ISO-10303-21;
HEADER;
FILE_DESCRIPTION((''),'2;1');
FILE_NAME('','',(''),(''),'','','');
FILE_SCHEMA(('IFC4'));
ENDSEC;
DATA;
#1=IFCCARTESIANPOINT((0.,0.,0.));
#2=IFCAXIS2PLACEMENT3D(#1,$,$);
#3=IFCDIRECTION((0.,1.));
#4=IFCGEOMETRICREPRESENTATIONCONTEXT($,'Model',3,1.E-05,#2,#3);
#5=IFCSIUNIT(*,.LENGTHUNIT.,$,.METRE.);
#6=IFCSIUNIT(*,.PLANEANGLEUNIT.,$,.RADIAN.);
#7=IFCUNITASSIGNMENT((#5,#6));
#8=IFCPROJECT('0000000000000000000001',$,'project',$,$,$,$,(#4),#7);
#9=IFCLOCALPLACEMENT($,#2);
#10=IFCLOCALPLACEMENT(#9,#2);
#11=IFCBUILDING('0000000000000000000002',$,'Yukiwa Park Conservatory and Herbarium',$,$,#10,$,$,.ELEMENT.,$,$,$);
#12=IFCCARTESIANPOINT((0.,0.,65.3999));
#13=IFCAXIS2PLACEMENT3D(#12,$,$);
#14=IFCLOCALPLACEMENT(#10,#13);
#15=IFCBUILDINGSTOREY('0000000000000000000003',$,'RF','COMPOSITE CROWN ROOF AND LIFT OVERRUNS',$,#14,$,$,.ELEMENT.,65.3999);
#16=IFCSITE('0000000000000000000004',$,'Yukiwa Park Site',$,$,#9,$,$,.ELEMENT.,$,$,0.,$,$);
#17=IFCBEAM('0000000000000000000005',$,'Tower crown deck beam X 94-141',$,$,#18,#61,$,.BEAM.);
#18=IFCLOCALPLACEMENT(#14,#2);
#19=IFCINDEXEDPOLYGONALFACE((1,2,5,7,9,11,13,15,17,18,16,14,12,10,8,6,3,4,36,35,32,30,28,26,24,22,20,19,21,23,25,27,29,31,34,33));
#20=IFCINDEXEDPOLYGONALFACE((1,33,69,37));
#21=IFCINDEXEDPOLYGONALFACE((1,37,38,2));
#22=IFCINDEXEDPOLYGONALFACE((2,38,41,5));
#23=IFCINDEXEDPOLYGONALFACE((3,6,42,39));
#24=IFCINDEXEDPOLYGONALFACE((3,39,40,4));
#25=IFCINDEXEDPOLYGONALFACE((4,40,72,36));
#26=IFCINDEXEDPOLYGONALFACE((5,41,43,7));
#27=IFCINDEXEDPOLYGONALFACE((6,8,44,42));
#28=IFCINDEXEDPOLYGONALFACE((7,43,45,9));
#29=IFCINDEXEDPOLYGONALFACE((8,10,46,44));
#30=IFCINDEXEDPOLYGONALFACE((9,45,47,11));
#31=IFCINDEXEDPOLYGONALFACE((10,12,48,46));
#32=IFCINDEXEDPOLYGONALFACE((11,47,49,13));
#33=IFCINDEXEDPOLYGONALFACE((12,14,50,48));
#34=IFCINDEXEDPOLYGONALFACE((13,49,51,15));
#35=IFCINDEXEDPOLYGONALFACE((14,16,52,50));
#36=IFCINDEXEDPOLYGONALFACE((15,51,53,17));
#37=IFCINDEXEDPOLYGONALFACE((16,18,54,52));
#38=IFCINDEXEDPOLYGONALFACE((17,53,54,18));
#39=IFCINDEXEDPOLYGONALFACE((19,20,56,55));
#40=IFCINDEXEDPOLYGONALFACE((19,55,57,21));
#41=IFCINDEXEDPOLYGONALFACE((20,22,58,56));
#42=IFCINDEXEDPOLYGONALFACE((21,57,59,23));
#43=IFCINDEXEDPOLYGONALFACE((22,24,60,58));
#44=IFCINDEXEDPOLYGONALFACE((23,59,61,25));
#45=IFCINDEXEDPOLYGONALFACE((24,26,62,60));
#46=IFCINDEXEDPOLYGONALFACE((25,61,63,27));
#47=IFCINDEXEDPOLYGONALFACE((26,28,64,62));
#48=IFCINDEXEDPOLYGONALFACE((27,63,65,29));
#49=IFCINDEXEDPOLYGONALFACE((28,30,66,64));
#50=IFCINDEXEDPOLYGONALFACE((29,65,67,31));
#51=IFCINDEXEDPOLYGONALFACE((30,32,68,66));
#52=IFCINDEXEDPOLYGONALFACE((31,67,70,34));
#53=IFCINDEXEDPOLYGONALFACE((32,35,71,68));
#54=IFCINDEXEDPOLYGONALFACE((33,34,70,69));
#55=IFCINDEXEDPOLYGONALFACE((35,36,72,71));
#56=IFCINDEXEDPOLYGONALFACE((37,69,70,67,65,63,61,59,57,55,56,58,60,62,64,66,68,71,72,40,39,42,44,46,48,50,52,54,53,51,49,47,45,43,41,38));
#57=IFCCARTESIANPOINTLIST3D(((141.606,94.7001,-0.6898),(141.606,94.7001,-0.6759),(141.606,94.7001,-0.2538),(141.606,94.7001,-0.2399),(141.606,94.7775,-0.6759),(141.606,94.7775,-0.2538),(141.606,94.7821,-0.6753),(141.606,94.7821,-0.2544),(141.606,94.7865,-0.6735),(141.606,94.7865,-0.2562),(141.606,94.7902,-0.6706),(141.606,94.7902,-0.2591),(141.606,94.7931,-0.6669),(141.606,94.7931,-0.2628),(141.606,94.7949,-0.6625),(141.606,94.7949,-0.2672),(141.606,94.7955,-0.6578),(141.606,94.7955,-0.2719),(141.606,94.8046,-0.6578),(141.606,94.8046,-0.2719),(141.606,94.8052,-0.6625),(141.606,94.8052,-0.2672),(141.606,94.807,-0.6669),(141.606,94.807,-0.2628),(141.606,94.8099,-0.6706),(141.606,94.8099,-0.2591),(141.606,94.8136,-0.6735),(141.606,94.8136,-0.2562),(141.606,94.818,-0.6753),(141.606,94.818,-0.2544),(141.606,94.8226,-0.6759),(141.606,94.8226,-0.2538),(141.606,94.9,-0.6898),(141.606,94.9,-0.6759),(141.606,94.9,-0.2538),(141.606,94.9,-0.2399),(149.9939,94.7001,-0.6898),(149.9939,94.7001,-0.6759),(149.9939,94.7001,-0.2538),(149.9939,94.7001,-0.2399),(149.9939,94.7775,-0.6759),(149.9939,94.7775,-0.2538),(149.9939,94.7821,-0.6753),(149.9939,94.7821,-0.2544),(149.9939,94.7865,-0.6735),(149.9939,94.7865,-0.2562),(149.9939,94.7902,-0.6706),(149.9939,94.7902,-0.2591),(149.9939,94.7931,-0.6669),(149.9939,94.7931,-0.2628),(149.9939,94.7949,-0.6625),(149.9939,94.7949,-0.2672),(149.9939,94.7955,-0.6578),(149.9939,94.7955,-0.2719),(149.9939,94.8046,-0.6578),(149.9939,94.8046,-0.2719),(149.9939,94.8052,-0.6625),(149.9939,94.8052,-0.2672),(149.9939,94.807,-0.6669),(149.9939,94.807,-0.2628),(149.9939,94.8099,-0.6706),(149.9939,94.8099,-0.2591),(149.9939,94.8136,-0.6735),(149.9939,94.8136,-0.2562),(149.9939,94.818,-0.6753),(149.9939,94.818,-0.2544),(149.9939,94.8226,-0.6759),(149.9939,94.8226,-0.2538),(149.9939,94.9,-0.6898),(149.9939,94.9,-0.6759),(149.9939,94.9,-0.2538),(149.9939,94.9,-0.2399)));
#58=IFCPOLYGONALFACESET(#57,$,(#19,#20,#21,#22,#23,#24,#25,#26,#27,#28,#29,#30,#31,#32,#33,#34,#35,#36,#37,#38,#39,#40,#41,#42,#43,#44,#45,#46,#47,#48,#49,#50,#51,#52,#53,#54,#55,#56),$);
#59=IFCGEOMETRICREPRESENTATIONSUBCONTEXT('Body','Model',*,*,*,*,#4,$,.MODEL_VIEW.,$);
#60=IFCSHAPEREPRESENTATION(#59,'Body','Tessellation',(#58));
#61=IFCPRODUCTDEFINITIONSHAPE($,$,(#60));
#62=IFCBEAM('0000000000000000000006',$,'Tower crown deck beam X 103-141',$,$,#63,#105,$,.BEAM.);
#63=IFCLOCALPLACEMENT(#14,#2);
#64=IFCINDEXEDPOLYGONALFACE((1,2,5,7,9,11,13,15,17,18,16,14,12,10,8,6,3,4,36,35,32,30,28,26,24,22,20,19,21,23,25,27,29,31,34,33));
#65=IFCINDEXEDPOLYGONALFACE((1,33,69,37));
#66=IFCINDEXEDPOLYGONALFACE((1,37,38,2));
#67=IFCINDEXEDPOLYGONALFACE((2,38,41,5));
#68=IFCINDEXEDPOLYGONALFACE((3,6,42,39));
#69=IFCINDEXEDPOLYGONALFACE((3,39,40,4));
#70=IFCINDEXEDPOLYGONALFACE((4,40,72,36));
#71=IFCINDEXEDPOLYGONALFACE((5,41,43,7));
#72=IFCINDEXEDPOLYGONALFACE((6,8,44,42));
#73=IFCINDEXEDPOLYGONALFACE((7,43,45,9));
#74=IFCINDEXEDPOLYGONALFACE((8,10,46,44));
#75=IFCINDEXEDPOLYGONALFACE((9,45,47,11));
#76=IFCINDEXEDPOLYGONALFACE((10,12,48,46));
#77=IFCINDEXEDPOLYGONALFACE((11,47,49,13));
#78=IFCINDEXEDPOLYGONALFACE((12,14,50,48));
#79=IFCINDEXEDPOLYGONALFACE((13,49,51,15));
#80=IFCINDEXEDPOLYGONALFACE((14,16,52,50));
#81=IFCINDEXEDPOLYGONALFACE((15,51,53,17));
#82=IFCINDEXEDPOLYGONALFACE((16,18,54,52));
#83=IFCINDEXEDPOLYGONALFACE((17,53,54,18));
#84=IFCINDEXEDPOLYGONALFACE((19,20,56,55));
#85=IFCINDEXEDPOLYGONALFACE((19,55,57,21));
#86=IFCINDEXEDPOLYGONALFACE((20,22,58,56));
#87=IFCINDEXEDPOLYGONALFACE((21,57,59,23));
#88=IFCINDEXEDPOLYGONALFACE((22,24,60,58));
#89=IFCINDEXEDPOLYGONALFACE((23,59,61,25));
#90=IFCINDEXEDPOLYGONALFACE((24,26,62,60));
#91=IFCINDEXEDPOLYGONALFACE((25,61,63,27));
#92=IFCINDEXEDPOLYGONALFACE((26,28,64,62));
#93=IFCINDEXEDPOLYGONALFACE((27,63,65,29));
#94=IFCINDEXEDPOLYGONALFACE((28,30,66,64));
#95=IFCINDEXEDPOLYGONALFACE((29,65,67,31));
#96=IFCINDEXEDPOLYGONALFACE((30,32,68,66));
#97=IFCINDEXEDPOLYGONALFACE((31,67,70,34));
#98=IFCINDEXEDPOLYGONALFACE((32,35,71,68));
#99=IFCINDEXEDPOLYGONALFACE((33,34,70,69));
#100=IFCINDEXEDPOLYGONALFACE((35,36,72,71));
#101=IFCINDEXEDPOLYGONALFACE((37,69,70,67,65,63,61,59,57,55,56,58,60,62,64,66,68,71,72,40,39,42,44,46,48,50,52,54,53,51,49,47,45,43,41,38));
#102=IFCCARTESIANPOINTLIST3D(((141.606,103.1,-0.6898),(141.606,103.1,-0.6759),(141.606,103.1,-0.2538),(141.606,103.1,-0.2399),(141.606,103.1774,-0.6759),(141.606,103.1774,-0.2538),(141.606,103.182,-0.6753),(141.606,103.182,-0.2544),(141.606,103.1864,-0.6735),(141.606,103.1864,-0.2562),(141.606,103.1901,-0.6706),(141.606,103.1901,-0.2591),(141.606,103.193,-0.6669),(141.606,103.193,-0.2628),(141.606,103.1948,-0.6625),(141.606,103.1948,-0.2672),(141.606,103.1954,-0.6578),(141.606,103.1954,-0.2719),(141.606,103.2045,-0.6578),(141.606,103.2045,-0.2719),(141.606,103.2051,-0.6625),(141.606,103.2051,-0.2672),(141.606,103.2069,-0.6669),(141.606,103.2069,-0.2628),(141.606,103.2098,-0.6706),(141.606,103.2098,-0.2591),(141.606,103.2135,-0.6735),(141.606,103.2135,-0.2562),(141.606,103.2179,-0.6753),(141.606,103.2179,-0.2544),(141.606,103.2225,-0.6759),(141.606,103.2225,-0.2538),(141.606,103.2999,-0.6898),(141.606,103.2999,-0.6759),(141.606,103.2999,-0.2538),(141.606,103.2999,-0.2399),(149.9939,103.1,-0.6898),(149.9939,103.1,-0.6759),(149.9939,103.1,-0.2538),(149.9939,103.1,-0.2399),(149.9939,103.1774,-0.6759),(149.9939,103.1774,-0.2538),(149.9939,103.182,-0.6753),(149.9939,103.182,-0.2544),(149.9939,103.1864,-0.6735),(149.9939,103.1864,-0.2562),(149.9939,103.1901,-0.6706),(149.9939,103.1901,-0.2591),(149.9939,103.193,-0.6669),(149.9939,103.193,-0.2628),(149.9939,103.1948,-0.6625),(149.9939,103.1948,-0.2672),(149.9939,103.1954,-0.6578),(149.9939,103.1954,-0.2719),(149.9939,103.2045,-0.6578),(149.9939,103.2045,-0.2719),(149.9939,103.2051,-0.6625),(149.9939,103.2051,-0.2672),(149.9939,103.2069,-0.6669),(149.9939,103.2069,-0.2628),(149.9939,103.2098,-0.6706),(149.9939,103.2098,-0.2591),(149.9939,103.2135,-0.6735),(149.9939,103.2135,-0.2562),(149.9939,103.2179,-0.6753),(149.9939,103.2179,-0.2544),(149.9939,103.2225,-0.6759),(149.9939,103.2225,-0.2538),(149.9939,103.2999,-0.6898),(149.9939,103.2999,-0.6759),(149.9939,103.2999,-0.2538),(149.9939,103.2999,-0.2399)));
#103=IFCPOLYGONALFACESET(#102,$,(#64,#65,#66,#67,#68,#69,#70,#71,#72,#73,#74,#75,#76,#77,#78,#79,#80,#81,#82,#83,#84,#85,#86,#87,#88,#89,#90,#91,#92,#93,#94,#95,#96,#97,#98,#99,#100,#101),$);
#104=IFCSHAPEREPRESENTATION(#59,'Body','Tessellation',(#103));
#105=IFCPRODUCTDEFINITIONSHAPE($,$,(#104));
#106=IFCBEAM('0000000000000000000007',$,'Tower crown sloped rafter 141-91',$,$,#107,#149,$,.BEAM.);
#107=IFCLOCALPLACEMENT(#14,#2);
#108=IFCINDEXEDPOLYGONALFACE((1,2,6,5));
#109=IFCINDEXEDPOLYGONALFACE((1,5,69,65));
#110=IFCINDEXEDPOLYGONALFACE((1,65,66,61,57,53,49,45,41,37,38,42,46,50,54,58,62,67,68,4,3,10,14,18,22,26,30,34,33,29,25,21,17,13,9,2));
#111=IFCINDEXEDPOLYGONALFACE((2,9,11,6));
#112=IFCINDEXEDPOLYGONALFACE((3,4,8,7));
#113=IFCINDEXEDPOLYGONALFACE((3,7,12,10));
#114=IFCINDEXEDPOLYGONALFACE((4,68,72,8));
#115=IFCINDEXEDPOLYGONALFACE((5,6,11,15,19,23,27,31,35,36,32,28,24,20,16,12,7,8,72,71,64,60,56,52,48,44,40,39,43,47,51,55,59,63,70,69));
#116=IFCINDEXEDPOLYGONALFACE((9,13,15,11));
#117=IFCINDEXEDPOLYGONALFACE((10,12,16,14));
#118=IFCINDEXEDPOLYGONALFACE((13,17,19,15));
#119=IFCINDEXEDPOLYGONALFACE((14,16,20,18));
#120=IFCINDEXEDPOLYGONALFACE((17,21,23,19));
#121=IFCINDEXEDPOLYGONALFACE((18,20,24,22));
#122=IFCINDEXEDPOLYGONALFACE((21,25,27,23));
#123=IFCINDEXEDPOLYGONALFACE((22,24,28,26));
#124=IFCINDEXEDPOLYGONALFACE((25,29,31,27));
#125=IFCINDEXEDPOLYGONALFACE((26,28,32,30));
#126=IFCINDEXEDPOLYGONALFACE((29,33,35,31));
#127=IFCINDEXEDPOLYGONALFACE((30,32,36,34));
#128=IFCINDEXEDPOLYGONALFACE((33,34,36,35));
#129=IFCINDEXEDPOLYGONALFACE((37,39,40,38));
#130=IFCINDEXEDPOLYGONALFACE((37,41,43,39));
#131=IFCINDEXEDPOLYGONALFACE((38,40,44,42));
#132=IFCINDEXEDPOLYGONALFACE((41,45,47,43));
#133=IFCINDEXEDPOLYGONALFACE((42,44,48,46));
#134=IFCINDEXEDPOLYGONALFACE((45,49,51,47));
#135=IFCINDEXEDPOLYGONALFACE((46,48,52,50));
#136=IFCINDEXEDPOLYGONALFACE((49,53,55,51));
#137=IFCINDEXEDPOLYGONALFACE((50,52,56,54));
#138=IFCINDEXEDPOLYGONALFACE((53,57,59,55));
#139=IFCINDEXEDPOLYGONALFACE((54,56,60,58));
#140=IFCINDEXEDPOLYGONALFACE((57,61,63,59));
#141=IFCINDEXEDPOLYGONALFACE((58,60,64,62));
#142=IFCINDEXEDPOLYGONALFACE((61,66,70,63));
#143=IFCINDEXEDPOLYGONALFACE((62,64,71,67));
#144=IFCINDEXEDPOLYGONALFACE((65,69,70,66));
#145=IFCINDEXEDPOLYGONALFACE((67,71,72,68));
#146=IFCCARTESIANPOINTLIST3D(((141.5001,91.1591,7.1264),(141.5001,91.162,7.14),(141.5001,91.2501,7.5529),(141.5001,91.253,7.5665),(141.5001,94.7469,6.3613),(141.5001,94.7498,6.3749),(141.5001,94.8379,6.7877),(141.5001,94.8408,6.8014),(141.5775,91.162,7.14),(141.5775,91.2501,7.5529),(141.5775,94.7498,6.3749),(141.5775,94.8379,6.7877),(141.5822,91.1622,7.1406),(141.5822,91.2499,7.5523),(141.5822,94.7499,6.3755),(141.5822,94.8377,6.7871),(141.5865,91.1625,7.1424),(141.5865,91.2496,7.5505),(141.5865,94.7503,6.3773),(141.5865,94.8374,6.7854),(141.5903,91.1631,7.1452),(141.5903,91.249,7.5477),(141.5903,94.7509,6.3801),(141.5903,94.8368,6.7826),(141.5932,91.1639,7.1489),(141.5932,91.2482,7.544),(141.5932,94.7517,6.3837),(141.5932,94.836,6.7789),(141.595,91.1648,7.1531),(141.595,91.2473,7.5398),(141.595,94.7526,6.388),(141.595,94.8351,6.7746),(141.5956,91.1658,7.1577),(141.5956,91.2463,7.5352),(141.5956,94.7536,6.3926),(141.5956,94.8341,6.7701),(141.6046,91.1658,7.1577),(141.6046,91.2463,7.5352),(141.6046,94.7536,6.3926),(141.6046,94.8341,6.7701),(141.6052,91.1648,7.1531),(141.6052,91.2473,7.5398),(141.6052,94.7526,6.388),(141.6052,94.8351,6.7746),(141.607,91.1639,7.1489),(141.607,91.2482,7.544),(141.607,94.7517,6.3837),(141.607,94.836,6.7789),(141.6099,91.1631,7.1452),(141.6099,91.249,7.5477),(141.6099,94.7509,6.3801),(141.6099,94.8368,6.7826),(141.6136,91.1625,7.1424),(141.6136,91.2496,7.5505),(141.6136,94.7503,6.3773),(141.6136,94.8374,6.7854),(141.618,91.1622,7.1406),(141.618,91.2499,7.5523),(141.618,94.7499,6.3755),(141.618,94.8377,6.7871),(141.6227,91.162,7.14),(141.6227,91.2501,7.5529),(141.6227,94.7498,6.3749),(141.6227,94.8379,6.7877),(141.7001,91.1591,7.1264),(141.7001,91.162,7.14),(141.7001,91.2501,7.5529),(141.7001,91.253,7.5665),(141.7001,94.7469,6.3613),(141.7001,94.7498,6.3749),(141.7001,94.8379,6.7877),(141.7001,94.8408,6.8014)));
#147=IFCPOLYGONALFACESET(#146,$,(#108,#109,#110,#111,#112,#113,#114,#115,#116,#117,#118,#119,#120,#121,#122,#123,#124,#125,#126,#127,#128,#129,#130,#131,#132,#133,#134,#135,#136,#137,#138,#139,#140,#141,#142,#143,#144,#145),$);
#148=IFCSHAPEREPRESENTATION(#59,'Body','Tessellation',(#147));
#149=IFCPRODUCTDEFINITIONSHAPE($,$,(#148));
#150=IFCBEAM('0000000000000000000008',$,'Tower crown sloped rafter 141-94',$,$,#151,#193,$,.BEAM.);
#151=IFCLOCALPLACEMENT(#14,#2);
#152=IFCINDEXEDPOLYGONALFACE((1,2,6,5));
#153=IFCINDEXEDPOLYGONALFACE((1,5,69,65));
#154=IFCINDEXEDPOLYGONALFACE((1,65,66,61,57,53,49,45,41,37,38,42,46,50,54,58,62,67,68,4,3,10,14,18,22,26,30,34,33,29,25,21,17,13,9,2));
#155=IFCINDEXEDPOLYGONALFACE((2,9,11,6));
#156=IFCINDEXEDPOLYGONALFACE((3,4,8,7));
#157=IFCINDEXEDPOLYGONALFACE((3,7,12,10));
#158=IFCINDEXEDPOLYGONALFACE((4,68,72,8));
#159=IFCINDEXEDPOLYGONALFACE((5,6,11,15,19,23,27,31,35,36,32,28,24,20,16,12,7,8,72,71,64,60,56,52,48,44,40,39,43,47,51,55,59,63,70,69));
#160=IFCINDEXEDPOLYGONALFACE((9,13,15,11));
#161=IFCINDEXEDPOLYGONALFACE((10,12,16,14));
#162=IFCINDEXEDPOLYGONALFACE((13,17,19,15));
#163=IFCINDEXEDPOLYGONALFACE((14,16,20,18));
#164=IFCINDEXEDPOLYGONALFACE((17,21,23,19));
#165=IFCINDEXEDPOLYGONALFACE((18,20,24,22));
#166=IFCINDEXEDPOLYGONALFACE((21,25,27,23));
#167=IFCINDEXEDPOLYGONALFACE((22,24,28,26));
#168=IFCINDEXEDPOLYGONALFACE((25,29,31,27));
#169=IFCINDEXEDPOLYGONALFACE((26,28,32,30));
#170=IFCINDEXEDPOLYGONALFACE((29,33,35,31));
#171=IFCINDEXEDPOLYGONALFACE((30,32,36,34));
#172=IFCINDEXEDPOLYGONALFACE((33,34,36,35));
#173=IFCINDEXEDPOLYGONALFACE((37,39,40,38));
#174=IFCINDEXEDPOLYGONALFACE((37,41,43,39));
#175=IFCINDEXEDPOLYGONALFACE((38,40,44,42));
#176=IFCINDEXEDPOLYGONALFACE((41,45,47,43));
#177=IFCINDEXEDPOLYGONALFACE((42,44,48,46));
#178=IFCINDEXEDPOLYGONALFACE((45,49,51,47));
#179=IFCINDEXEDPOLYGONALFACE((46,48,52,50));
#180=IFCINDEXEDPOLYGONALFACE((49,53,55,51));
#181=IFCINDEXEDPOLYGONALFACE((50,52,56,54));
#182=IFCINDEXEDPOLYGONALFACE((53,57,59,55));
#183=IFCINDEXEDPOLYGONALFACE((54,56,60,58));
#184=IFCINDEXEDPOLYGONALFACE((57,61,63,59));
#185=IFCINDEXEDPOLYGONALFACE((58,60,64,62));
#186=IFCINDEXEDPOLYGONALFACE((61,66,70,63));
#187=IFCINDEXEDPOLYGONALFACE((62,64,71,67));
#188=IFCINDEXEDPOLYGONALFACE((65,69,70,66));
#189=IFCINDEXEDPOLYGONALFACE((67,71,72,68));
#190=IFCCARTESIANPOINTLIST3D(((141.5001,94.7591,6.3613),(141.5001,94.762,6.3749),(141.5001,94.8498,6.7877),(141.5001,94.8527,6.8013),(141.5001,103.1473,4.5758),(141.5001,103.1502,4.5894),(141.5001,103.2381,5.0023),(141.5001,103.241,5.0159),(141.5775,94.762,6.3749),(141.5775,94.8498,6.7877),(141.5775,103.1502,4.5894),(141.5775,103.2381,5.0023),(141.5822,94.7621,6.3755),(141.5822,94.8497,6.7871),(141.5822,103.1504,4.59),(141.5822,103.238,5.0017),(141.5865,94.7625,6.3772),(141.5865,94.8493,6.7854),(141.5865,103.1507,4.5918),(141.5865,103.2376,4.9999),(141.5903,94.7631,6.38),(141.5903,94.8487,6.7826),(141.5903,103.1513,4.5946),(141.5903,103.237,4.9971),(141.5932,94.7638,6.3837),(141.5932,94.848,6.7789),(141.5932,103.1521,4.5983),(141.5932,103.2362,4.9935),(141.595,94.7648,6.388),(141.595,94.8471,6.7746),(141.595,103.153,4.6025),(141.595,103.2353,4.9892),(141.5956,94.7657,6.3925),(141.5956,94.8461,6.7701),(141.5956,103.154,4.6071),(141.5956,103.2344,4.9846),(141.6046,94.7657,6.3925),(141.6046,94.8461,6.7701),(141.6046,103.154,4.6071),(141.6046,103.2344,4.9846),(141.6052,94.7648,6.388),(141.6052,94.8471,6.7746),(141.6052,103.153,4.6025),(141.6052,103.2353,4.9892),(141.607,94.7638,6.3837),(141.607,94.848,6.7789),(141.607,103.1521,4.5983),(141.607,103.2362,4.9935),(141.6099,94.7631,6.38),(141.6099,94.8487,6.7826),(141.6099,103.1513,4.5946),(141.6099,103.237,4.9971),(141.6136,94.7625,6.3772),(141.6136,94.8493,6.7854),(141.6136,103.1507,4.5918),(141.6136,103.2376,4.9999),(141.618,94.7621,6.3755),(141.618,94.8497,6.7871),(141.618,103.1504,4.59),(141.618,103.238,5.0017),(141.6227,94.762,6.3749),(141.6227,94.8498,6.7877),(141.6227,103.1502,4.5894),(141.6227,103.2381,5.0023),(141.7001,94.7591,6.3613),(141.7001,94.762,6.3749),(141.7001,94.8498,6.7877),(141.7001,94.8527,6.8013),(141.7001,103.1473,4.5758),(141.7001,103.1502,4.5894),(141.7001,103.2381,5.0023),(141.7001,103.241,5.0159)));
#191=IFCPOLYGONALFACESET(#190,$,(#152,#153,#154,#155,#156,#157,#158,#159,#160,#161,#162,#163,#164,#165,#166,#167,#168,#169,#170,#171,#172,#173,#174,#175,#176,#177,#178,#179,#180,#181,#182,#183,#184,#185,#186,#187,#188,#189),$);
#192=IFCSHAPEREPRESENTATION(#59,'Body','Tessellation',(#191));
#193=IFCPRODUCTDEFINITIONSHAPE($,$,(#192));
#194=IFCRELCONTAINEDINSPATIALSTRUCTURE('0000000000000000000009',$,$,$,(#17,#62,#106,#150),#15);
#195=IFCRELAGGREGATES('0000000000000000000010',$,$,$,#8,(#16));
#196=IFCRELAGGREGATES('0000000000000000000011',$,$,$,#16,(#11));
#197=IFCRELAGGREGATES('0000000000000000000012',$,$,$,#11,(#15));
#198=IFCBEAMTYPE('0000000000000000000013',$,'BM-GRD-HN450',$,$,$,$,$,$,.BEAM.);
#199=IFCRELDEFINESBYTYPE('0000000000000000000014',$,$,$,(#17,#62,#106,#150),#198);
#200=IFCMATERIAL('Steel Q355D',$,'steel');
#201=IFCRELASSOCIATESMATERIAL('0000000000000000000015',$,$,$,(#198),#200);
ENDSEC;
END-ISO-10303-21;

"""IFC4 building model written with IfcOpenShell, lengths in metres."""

from ifc_helpers import new_model, si_unit, direction, frame, origin, origin_2d, place, context, subcontext, project, spatial, i_section, extrude, material, material_profile, profile_set, type_object, element, save


model = new_model("IFC4")

# Units and contexts
model_context = context("Model", 3, precision=1e-05, world=origin(), true_north=direction((0.0, 1.0)))
body_context = subcontext(model_context, "Body", "Model", "MODEL_VIEW")
ifc_project = project(units=[si_unit("LENGTHUNIT", "METRE"), si_unit("PLANEANGLEUNIT", "RADIAN")], contexts=[model_context])

# Site, building, storey
site_placement = place(None, origin())
site = spatial("IfcSite", under=ifc_project, at=site_placement, Name="Yukiwa Park Site", CompositionType="ELEMENT", RefElevation=0.0)
building_placement = place(site_placement, origin())
building = spatial("IfcBuilding", under=site, at=building_placement, Name="Yukiwa Park Conservatory and Herbarium", CompositionType="ELEMENT")
storey_placement = place(building_placement, frame((0.0, 0.0, 65.3999)))
storey = spatial("IfcBuildingStorey", under=building, at=storey_placement, Name="RF", Description="COMPOSITE CROWN ROOF AND LIFT OVERRUNS", CompositionType="ELEMENT", Elevation=65.3999)

# Beams
ifc_material_1 = material(Name="Steel Q355D", Category="steel")
ifc_material_profile_1 = material_profile(ifc_material_1, i_section(OverallWidth=0.2, OverallDepth=0.45, WebThickness=0.009, FlangeThickness=0.0139, FilletRadius=0.0181, at=origin_2d()), Name="HN 450x200x9x14")
ifc_profile_set_1 = profile_set([ifc_material_profile_1], Name="Steel Q355D")
beam_type_1 = type_object("IfcBeamType", Name="BM-GRD-HN450", PredefinedType="BEAM", material=ifc_profile_set_1)
for number, where, z_axis, x_axis, name in (
    (1, (141.606, 94.8, -0.4648), (1.0, 0.0, 0.0), (0.0, 1.0, 0.0), "Tower crown deck beam X 94-141"),
    (2, (141.606, 103.2, -0.4648), (1.0, 0.0, 0.0), (0.0, 1.0, 0.0), "Tower crown deck beam X 103-141"),
):
    element("IfcBeam", number, at=place(storey_placement, frame(where, z_axis=z_axis, x_axis=x_axis)), inside=storey, type_object=beam_type_1, Name=name, PredefinedType="BEAM", context=body_context, shape_type="SweptSolid", body=[
        extrude(i_section(OverallWidth=0.2, OverallDepth=0.45, WebThickness=0.009, FlangeThickness=0.0139, FilletRadius=0.0181, at=origin_2d()), origin(), (0.0, 0.0, 1.0), 8.3879),
    ])
beam_1_placement = place(storey_placement, frame((141.6001, 91.2061, 7.3464), z_axis=(0.0, 0.978008, -0.208565), x_axis=(-1.0, 0.0, 0.0)))
element("IfcBeam", 3, at=beam_1_placement, inside=storey, type_object=beam_type_1, Name="Tower crown sloped rafter 141-91", PredefinedType="BEAM", context=body_context, shape_type="SweptSolid", body=[
    extrude(i_section(OverallWidth=0.2, OverallDepth=0.45, WebThickness=0.009, FlangeThickness=0.0139, FilletRadius=0.0181, at=origin_2d()), origin(), (0.0, 0.0, 1.0), 3.6685),
])
beam_2_placement = place(storey_placement, frame((141.6001, 94.8059, 6.5813), z_axis=(0.0, 0.97809, -0.208184), x_axis=(-1.0, 0.0, 0.0)))
element("IfcBeam", 4, at=beam_2_placement, inside=storey, type_object=beam_type_1, Name="Tower crown sloped rafter 141-94", PredefinedType="BEAM", context=body_context, shape_type="SweptSolid", body=[
    extrude(i_section(OverallWidth=0.2, OverallDepth=0.45, WebThickness=0.009, FlangeThickness=0.0139, FilletRadius=0.0181, at=origin_2d()), origin(), (0.0, 0.0, 1.0), 8.5762),
])

save(model, "model.ifc")
